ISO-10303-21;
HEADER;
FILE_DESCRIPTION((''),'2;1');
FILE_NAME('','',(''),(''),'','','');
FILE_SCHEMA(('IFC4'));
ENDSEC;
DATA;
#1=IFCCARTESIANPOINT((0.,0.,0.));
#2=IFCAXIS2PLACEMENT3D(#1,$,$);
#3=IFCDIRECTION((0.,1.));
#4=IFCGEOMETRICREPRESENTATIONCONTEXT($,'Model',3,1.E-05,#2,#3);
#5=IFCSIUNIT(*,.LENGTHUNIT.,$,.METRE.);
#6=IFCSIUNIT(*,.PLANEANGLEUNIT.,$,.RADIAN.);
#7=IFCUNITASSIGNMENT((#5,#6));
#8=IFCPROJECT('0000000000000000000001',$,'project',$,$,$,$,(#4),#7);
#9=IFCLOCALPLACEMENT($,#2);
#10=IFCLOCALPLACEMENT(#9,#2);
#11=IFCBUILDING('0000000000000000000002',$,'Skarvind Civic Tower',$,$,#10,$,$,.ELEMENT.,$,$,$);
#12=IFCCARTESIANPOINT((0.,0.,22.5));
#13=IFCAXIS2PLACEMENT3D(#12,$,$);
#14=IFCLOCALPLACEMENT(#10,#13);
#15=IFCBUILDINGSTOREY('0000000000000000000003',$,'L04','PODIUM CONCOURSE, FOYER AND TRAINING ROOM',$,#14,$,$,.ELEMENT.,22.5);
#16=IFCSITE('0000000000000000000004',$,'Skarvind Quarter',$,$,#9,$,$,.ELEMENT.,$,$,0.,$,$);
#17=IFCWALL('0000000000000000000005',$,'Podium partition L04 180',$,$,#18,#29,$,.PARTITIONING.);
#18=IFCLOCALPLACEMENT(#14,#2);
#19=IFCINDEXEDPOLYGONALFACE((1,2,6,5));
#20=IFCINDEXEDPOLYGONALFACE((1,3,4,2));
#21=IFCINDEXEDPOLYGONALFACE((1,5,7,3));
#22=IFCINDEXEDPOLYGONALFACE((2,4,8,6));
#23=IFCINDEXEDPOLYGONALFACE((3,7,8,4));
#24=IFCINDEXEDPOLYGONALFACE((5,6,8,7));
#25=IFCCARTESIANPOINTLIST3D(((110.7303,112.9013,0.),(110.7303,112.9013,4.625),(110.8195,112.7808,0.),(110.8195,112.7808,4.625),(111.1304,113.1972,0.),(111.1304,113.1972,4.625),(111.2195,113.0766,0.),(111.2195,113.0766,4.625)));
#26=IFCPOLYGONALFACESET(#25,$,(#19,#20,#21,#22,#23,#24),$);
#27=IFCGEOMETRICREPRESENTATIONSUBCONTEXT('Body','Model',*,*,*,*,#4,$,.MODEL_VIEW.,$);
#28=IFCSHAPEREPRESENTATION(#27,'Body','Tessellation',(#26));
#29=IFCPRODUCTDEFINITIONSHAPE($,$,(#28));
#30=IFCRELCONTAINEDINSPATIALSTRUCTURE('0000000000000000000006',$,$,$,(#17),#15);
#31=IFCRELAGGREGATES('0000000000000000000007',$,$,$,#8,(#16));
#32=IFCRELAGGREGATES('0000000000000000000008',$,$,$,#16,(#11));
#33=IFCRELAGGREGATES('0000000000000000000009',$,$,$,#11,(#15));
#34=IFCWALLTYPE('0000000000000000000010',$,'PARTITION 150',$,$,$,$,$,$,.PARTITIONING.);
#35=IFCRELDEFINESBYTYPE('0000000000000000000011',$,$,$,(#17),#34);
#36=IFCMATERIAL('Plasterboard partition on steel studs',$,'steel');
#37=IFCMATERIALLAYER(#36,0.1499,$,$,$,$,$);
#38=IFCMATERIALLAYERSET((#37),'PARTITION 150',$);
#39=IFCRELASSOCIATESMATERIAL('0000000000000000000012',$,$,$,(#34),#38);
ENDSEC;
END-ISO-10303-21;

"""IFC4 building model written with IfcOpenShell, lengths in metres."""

from ifc_helpers import new_model, si_unit, direction, frame, frame_2d, origin, place, context, subcontext, project, spatial, rectangle, extrude, material, layer, layer_set, type_object, element, save


model = new_model("IFC4")

# Units and contexts
model_context = context("Model", 3, precision=1e-05, world=origin(), true_north=direction((0.0, 1.0)))
body_context = subcontext(model_context, "Body", "Model", "MODEL_VIEW")
ifc_project = project(units=[si_unit("LENGTHUNIT", "METRE"), si_unit("PLANEANGLEUNIT", "RADIAN")], contexts=[model_context])

# Site, building, storey
site_placement = place(None, origin())
site = spatial("IfcSite", under=ifc_project, at=site_placement, Name="Skarvind Quarter", CompositionType="ELEMENT", RefElevation=0.0)
building_placement = place(site_placement, origin())
building = spatial("IfcBuilding", under=site, at=building_placement, Name="Skarvind Civic Tower", CompositionType="ELEMENT")
storey_placement = place(building_placement, frame((0.0, 0.0, 22.5)))
storey = spatial("IfcBuildingStorey", under=building, at=storey_placement, Name="L04", Description="PODIUM CONCOURSE, FOYER AND TRAINING ROOM", CompositionType="ELEMENT", Elevation=22.5)

# Shared definitions
ifc_material_1 = material(Name="Plasterboard partition on steel studs", Category="steel")
ifc_layer_1 = layer(ifc_material_1, 0.1499)
ifc_layer_set_1 = layer_set([ifc_layer_1], Name="PARTITION 150")
wall_type_1 = type_object("IfcWallType", Name="PARTITION 150", PredefinedType="PARTITIONING", material=ifc_layer_set_1)

# Wall
wall_1_placement = place(storey_placement, frame((110.7749, 112.8411, 0.0), z_axis=(0.0, 0.0, 1.0), x_axis=(0.804044, 0.59457, 0.0)))
element("IfcWall", 1, at=wall_1_placement, inside=storey, type_object=wall_type_1, Name="Podium partition L04 180", PredefinedType="PARTITIONING", context=body_context, shape_type="SweptSolid", body=[
    extrude(rectangle(XDim=0.4976, YDim=0.1499, at=frame_2d((0.2488, 0.0))), origin(), (0.0, 0.0, 1.0), 4.625),
])

save(model, "model.ifc")
